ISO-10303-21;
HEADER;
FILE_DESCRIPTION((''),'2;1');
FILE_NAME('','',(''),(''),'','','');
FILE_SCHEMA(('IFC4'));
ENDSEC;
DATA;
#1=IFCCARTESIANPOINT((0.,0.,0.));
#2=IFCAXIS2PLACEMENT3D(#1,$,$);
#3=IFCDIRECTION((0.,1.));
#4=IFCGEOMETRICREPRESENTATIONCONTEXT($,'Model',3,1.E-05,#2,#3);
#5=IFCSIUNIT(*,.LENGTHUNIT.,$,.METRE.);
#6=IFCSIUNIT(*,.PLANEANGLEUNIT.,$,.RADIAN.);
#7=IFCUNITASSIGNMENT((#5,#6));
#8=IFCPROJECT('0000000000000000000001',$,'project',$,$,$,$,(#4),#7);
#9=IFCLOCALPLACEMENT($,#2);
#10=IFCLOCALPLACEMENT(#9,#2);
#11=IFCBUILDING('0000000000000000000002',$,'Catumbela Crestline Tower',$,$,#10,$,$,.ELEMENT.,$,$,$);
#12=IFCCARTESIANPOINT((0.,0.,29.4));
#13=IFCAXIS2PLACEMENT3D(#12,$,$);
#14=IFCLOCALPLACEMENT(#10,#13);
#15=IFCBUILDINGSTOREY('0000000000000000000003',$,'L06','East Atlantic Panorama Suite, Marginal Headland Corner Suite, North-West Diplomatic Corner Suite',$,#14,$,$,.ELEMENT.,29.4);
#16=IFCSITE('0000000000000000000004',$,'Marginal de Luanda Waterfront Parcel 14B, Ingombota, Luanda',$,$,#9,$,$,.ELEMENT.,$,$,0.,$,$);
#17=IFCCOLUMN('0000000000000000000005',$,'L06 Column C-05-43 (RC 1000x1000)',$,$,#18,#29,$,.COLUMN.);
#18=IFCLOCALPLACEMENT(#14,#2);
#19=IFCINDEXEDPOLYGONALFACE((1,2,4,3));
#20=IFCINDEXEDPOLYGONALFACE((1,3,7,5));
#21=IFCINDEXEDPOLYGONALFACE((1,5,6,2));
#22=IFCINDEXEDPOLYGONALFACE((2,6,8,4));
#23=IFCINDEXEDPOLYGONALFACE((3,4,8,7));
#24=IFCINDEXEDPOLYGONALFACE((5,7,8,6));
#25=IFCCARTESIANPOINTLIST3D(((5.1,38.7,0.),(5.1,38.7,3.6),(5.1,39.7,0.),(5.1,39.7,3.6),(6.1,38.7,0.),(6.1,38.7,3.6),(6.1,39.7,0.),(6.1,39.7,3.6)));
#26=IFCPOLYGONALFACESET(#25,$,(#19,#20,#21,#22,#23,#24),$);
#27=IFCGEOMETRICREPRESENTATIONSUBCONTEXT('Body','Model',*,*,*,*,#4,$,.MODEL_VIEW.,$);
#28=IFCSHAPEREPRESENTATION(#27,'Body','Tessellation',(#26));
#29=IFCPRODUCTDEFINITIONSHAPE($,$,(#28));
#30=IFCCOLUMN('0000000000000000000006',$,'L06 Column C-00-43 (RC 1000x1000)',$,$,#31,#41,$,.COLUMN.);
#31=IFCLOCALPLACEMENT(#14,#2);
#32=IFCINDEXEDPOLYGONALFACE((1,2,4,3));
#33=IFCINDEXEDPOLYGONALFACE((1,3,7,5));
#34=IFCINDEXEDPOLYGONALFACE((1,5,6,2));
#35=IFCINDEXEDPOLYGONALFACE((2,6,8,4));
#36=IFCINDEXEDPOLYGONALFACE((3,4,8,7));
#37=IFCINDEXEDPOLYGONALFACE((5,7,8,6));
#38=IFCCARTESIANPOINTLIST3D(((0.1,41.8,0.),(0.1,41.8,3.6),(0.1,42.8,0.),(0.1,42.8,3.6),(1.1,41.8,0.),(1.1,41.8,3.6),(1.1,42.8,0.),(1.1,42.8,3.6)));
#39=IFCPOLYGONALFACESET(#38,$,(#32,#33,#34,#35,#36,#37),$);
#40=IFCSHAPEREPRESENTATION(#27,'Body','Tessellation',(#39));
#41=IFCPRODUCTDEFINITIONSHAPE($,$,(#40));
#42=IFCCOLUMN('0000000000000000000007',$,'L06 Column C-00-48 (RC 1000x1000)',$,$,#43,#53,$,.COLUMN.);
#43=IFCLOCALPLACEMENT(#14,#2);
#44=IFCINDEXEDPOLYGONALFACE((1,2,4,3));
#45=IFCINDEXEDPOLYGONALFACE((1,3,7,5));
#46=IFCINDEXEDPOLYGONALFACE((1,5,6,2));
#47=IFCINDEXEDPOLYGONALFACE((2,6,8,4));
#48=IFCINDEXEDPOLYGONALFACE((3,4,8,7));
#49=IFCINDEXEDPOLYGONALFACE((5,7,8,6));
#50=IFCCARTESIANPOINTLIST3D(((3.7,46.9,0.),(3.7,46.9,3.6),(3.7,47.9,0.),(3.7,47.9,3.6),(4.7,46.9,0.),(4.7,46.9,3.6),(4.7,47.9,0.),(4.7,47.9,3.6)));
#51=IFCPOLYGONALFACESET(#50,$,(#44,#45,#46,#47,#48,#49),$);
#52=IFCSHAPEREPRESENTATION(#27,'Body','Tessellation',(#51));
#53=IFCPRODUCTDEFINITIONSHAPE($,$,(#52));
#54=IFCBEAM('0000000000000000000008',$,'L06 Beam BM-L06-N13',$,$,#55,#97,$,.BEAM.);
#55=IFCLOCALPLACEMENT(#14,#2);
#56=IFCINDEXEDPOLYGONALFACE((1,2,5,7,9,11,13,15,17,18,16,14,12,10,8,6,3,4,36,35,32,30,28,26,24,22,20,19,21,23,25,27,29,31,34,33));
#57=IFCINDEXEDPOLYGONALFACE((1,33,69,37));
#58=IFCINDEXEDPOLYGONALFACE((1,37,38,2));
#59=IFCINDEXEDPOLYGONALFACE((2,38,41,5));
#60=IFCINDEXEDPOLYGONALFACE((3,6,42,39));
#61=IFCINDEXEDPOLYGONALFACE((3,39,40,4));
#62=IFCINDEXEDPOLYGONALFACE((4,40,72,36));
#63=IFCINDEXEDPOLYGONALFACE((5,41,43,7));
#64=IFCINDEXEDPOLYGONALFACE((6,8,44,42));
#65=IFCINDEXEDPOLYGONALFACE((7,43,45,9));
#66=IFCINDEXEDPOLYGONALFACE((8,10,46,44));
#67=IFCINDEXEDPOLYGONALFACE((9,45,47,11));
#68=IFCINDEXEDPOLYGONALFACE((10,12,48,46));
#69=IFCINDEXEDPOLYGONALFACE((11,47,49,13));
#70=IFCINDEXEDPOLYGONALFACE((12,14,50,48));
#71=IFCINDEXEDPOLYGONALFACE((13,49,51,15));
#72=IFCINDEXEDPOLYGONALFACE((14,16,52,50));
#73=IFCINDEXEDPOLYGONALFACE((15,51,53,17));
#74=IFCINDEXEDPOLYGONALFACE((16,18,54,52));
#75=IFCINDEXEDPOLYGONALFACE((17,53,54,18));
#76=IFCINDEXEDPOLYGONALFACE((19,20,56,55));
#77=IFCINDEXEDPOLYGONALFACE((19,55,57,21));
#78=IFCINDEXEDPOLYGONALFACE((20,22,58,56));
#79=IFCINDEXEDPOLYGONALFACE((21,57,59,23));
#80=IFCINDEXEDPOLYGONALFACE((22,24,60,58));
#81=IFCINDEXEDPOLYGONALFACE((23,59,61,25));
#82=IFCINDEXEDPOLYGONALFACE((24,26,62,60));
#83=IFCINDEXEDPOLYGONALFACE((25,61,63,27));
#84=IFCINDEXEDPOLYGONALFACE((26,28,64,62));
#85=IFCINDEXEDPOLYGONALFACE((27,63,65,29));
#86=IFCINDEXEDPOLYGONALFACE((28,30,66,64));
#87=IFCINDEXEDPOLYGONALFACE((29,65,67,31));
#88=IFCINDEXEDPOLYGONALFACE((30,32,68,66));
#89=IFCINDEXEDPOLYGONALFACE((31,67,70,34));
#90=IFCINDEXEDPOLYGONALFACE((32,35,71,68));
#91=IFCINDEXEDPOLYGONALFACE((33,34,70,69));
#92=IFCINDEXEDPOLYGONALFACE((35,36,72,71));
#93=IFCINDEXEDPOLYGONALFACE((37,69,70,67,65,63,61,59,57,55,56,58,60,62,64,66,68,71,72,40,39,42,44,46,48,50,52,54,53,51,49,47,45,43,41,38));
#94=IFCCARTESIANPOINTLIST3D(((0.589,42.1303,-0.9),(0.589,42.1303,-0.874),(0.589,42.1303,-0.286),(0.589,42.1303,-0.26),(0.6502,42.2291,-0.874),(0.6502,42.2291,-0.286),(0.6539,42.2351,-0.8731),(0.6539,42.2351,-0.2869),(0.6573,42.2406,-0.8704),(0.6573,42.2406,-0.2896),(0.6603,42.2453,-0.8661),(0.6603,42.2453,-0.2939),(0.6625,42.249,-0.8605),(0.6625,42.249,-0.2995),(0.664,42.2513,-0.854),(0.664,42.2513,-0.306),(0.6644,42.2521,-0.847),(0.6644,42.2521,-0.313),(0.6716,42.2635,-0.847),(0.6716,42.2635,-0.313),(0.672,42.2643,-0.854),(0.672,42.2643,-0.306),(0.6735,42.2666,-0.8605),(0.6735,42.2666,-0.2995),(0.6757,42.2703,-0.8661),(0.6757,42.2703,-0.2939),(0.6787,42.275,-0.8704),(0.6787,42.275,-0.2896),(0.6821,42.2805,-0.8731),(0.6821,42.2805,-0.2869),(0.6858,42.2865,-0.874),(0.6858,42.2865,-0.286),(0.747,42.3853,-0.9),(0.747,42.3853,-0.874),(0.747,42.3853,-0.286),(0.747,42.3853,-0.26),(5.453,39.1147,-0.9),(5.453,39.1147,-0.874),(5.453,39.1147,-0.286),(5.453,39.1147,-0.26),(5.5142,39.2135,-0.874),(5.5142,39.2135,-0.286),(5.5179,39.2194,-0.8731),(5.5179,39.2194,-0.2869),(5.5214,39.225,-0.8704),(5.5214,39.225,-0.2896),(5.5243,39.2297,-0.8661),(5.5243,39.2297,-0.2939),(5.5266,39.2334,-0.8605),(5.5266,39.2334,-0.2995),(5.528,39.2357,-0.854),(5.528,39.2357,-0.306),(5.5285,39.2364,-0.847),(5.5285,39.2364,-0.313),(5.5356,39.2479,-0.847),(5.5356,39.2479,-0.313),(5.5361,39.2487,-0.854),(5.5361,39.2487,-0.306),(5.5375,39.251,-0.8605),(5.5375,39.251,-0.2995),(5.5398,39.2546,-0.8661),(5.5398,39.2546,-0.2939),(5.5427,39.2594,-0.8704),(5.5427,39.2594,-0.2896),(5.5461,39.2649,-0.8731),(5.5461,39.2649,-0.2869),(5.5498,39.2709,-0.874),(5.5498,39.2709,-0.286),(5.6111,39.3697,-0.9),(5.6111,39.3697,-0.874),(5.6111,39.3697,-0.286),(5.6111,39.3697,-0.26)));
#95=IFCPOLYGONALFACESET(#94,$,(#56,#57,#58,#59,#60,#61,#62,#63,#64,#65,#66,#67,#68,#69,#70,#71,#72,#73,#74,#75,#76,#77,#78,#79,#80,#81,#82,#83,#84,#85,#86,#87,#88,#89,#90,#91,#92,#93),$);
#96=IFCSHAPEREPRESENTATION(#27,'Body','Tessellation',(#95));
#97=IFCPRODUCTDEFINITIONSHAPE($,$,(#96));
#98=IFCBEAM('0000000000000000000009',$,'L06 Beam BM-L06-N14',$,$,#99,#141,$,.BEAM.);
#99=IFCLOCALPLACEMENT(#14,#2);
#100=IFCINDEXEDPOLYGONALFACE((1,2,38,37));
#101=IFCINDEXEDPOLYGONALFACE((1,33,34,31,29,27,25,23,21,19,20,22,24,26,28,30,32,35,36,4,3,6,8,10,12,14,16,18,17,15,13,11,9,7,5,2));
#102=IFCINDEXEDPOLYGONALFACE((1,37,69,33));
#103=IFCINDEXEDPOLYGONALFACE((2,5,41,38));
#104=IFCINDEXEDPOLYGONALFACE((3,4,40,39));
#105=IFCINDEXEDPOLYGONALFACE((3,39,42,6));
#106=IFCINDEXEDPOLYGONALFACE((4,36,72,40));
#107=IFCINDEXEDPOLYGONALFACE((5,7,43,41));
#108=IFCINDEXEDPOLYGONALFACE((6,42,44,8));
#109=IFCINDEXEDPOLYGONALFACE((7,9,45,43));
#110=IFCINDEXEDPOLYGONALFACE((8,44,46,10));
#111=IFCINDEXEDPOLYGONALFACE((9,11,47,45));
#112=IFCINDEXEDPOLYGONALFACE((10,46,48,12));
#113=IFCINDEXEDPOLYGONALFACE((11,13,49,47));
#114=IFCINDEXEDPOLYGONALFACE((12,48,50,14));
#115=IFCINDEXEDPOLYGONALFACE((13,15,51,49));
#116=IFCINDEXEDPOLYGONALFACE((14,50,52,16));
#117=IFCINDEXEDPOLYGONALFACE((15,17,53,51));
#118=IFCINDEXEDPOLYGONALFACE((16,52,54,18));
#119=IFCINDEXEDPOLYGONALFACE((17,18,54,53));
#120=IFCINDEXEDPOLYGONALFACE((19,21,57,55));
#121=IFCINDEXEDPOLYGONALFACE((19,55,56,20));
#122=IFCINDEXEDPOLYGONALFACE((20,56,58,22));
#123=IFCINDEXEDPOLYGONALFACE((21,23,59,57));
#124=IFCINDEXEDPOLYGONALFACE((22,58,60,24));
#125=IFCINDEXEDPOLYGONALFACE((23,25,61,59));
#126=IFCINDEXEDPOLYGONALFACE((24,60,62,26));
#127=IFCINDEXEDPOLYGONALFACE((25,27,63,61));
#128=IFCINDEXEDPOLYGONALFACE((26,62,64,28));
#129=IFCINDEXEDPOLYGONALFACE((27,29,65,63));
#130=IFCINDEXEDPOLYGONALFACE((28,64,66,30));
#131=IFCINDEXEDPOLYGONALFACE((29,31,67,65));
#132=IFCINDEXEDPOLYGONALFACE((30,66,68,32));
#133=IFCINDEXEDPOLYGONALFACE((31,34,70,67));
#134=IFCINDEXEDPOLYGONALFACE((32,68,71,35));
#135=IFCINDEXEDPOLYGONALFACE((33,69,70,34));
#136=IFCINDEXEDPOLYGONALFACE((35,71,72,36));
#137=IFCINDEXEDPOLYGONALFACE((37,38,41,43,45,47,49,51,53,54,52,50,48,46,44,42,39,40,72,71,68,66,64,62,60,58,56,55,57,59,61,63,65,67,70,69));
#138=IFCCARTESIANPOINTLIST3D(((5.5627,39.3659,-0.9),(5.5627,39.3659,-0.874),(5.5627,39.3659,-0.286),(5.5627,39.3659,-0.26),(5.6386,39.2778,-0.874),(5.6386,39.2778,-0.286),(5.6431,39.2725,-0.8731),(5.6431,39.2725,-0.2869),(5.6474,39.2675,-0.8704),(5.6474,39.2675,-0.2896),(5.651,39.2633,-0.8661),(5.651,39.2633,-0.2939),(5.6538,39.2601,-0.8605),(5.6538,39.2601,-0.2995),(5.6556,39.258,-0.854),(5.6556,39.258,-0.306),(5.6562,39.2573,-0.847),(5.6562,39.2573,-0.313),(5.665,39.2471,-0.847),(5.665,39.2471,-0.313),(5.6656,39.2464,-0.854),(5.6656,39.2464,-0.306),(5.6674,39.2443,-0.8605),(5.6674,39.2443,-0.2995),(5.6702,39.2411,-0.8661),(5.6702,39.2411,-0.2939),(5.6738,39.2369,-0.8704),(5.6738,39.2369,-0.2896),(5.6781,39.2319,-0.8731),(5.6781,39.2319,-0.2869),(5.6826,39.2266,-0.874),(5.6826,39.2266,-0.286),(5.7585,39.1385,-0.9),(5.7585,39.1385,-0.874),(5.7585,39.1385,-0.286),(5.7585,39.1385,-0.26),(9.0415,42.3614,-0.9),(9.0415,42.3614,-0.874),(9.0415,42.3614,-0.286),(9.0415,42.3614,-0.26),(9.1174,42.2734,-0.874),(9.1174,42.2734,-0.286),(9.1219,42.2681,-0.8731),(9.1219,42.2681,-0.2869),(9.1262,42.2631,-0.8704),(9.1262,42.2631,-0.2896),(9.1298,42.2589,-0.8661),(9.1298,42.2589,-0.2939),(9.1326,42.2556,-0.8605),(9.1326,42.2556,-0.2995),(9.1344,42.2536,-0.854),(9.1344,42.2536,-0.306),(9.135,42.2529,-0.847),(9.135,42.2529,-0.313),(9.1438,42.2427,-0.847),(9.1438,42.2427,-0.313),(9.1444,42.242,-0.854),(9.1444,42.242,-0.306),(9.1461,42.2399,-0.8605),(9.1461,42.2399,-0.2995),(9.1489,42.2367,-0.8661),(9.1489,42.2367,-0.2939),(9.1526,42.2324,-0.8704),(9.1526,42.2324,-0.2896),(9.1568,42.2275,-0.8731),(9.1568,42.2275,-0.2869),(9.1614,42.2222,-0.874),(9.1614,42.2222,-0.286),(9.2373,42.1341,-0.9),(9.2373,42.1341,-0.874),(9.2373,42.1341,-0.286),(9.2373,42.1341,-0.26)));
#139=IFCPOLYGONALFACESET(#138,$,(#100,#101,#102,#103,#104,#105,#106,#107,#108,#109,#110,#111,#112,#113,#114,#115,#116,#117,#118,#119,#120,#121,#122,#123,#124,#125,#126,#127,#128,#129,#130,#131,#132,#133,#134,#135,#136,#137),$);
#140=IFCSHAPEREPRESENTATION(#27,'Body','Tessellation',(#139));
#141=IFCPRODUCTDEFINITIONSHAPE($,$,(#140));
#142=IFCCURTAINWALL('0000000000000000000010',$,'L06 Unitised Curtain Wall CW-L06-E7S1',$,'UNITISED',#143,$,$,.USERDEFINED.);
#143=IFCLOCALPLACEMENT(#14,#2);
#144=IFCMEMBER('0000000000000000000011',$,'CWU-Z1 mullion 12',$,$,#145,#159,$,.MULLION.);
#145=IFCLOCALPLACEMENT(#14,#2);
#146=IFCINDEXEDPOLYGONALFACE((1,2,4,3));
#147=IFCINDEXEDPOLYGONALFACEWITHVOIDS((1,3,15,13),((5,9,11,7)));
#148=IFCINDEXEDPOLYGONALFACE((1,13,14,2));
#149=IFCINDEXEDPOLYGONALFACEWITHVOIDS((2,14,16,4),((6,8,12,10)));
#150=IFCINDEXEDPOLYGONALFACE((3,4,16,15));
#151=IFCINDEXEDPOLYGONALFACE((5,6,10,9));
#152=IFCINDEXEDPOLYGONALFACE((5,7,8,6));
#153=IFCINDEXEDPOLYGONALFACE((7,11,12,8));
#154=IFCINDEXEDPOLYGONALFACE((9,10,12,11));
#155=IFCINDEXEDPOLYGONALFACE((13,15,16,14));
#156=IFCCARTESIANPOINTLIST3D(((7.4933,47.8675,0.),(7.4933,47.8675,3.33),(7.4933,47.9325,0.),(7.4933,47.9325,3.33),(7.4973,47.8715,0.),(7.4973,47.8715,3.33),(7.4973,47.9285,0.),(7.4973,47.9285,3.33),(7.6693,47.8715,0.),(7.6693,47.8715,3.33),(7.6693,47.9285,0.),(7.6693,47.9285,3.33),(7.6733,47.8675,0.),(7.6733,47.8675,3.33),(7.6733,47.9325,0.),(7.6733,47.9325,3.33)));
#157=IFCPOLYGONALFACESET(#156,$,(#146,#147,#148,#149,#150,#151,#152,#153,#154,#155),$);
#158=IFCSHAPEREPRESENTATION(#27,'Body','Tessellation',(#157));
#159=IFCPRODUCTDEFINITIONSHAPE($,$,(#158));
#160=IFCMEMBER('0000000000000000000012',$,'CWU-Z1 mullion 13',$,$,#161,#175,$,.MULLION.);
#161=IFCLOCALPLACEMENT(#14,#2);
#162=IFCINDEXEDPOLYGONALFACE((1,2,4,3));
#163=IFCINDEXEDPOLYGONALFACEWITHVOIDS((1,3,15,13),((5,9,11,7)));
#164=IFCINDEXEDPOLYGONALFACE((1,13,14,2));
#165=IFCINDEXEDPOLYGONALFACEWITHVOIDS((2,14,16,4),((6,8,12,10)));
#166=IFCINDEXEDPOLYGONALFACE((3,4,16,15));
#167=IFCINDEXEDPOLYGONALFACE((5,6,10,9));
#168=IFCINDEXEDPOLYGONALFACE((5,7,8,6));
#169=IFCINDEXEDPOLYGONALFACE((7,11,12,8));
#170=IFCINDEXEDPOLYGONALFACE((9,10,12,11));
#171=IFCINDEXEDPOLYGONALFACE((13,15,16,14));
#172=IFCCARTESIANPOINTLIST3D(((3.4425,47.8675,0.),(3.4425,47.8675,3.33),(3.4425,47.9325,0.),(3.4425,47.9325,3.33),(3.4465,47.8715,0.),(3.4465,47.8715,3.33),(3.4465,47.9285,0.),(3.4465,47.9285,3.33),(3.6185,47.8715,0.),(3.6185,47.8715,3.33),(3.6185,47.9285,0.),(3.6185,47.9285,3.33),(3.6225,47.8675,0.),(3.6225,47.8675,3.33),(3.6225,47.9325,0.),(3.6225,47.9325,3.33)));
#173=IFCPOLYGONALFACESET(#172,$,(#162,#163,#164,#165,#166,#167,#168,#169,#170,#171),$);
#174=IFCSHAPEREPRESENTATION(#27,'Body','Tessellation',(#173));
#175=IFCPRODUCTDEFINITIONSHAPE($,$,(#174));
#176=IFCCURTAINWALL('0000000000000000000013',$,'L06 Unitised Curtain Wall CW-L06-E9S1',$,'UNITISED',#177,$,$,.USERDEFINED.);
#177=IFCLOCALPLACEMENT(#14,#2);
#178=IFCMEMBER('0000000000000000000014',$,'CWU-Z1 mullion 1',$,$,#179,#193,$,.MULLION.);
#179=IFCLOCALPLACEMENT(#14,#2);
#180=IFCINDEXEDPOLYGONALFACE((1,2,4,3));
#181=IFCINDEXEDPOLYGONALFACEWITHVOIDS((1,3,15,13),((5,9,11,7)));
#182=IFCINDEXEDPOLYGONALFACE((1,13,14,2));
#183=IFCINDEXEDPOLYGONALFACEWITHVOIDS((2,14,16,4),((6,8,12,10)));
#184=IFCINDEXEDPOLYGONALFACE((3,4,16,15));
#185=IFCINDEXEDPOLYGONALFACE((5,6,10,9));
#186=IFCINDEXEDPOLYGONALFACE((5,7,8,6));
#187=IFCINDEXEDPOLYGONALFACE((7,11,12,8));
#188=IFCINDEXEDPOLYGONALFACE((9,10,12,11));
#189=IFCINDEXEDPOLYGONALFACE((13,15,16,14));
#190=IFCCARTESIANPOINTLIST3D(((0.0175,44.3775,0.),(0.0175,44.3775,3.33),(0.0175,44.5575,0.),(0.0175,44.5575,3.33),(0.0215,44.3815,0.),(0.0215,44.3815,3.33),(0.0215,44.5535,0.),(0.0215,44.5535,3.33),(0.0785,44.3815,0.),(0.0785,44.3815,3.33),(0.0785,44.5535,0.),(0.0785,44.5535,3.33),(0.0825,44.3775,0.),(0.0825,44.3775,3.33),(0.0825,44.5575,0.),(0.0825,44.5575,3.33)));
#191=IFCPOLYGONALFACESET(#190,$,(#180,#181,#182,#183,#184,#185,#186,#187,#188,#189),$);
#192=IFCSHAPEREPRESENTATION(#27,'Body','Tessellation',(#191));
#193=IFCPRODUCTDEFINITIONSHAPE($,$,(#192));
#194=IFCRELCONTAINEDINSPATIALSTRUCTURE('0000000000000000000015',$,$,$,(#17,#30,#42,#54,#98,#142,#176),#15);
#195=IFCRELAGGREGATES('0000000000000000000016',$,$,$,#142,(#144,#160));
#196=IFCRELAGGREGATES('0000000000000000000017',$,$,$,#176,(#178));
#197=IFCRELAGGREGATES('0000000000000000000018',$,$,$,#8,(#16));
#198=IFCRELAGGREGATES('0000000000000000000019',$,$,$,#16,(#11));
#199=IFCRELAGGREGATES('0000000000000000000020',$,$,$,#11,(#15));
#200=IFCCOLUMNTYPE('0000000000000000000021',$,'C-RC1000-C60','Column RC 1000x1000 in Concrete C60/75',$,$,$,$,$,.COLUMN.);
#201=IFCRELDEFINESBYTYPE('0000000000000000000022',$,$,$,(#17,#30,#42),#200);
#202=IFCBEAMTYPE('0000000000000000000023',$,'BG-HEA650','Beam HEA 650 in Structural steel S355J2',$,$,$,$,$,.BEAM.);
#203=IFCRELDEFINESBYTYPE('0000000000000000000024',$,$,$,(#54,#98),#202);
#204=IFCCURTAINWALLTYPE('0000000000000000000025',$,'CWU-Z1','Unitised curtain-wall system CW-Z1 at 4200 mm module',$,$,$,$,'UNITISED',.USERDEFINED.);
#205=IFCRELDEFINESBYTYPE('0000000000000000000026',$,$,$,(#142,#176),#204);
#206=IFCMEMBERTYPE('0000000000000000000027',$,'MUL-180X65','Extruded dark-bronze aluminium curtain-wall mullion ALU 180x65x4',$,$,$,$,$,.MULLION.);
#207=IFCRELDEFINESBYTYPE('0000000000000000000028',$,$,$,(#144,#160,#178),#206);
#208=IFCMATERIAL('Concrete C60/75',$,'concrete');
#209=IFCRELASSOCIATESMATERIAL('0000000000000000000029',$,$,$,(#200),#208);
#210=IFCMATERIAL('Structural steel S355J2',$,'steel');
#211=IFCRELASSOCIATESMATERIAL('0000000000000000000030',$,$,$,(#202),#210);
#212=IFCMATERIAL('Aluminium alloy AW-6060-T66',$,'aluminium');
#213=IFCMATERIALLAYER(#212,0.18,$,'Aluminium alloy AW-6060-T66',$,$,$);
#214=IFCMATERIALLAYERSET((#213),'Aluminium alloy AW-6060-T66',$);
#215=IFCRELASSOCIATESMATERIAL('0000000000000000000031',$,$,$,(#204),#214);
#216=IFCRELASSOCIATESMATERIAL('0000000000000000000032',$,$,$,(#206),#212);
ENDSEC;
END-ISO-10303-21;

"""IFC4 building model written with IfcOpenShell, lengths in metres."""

from ifc_helpers import new_model, si_unit, direction, frame, origin, origin_2d, place, context, subcontext, project, spatial, rectangle, hollow_rectangle, i_section, extrude, material, layer, layer_set, material_profile, profile_set, type_object, element, aggregate, save


model = new_model("IFC4")

# Units and contexts
model_context = context("Model", 3, precision=1e-05, world=origin(), true_north=direction((0.0, 1.0)))
body_context = subcontext(model_context, "Body", "Model", "MODEL_VIEW")
ifc_project = project(units=[si_unit("LENGTHUNIT", "METRE"), si_unit("PLANEANGLEUNIT", "RADIAN")], contexts=[model_context])

# Site, building, storey
site_placement = place(None, origin())
site = spatial("IfcSite", under=ifc_project, at=site_placement, Name="Marginal de Luanda Waterfront Parcel 14B, Ingombota, Luanda", CompositionType="ELEMENT", RefElevation=0.0)
building_placement = place(site_placement, origin())
building = spatial("IfcBuilding", under=site, at=building_placement, Name="Catumbela Crestline Tower", CompositionType="ELEMENT")
storey_placement = place(building_placement, frame((0.0, 0.0, 29.4)))
storey = spatial("IfcBuildingStorey", under=building, at=storey_placement, Name="L06", Description="East Atlantic Panorama Suite, Marginal Headland Corner Suite, North-West Diplomatic Corner Suite", CompositionType="ELEMENT", Elevation=29.4)

# Columns
ifc_material_1 = material(Name="Concrete C60/75", Category="concrete")
ifc_material_profile_1 = material_profile(ifc_material_1, rectangle(XDim=1.0, YDim=1.0, at=origin_2d()), Name="RC 1000x1000")
ifc_profile_set_1 = profile_set([ifc_material_profile_1], Name="Concrete C60/75")
column_type = type_object("IfcColumnType", Name="C-RC1000-C60", Description="Column RC 1000x1000 in Concrete C60/75", PredefinedType="COLUMN", material=ifc_profile_set_1)
for number, where, z_axis, x_axis, name in (
    (1, (5.6, 39.2, 0.0), (0.0, 0.0, 1.0), (1.0, 0.0, 0.0), "L06 Column C-05-43 (RC 1000x1000)"),
    (2, (0.6, 42.3, 0.0), (0.0, 0.0, 1.0), (1.0, 0.0, 0.0), "L06 Column C-00-43 (RC 1000x1000)"),
    (3, (4.2, 47.4, 0.0), (0.0, 0.0, 1.0), (1.0, 0.0, 0.0), "L06 Column C-00-48 (RC 1000x1000)"),
):
    element("IfcColumn", number, at=place(storey_placement, frame(where, z_axis=z_axis, x_axis=x_axis)), inside=storey, type_object=column_type, Name=name, PredefinedType="COLUMN", context=body_context, shape_type="SweptSolid", body=[
        extrude(rectangle(XDim=1.0, YDim=1.0, at=origin_2d()), origin(), (0.0, 0.0, 1.0), 3.6),
    ])

# Beams
ifc_material_2 = material(Name="Structural steel S355J2", Category="steel")
ifc_material_profile_2 = material_profile(ifc_material_2, i_section(OverallWidth=0.3, OverallDepth=0.64, WebThickness=0.0135, FlangeThickness=0.026, FilletRadius=0.027, at=origin_2d()), Name="HEA 650")
ifc_profile_set_2 = profile_set([ifc_material_profile_2], Name="Structural steel S355J2")
beam_type_1 = type_object("IfcBeamType", Name="BG-HEA650", Description="Beam HEA 650 in Structural steel S355J2", PredefinedType="BEAM", material=ifc_profile_set_2)
beam_1_placement = place(storey_placement, frame((0.668, 42.2578, -0.58), z_axis=(0.849909, -0.52693, 0.0), x_axis=(0.52693, 0.849909, 0.0)))
element("IfcBeam", 4, at=beam_1_placement, inside=storey, type_object=beam_type_1, Name="L06 Beam BM-L06-N13", PredefinedType="BEAM", context=body_context, shape_type="SweptSolid", body=[
    extrude(i_section(OverallWidth=0.3, OverallDepth=0.64, WebThickness=0.0135, FlangeThickness=0.026, FilletRadius=0.027, at=origin_2d()), origin(), (0.0, 0.0, 1.0), 5.723),
])
beam_2_placement = place(storey_placement, frame((5.6606, 39.2522, -0.58), z_axis=(0.757772, 0.652519, 0.0), x_axis=(-0.652519, 0.757772, 0.0)))
element("IfcBeam", 5, at=beam_2_placement, inside=storey, type_object=beam_type_1, Name="L06 Beam BM-L06-N14", PredefinedType="BEAM", context=body_context, shape_type="SweptSolid", body=[
    extrude(i_section(OverallWidth=0.3, OverallDepth=0.64, WebThickness=0.0135, FlangeThickness=0.026, FilletRadius=0.027, at=origin_2d()), origin(), (0.0, 0.0, 1.0), 4.5908),
])

# Curtain walls, members
ifc_material_3 = material(Name="Aluminium alloy AW-6060-T66", Category="aluminium")
ifc_layer_1 = layer(ifc_material_3, 0.18, Name="Aluminium alloy AW-6060-T66")
ifc_layer_set_1 = layer_set([ifc_layer_1], Name="Aluminium alloy AW-6060-T66")
curtain_wall_type = type_object("IfcCurtainWallType", Name="CWU-Z1", Description="Unitised curtain-wall system CW-Z1 at 4200 mm module", ElementType="UNITISED", PredefinedType="USERDEFINED", material=ifc_layer_set_1)
curtain_wall_1_placement = place(storey_placement, origin())
curtain_wall_1 = element("IfcCurtainWall", 6, at=curtain_wall_1_placement, inside=storey, type_object=curtain_wall_type, Name="L06 Unitised Curtain Wall CW-L06-E7S1", ObjectType="UNITISED", PredefinedType="USERDEFINED")
ifc_material_profile_3 = material_profile(ifc_material_3, hollow_rectangle(XDim=0.065, YDim=0.18, WallThickness=0.004, at=origin_2d()), Name="ALU 180x65x4")
ifc_profile_set_3 = profile_set([ifc_material_profile_3], Name="Aluminium alloy AW-6060-T66")
member_type_1 = type_object("IfcMemberType", Name="MUL-180X65", Description="Extruded dark-bronze aluminium curtain-wall mullion ALU 180x65x4", PredefinedType="MULLION", material=ifc_profile_set_3)
member_1_placement = place(storey_placement, frame((7.5833, 47.9, 0.0), z_axis=(0.0, 0.0, 1.0), x_axis=(0.0, -1.0, 0.0)))
member_1 = element("IfcMember", 7, at=member_1_placement, type_object=member_type_1, Name="CWU-Z1 mullion 12", PredefinedType="MULLION", context=body_context, shape_type="SweptSolid", body=[
    extrude(hollow_rectangle(XDim=0.065, YDim=0.18, WallThickness=0.004, at=origin_2d()), origin(), (0.0, 0.0, 1.0), 3.33),
])
member_2_placement = place(storey_placement, frame((3.5325, 47.9, 0.0), z_axis=(0.0, 0.0, 1.0), x_axis=(0.0, -1.0, 0.0)))
member_2 = element("IfcMember", 8, at=member_2_placement, type_object=member_type_1, Name="CWU-Z1 mullion 13", PredefinedType="MULLION", context=body_context, shape_type="SweptSolid", body=[
    extrude(hollow_rectangle(XDim=0.065, YDim=0.18, WallThickness=0.004, at=origin_2d()), origin(), (0.0, 0.0, 1.0), 3.33),
])
curtain_wall_2_placement = place(storey_placement, origin())
curtain_wall_2 = element("IfcCurtainWall", 9, at=curtain_wall_2_placement, inside=storey, type_object=curtain_wall_type, Name="L06 Unitised Curtain Wall CW-L06-E9S1", ObjectType="UNITISED", PredefinedType="USERDEFINED")
member_3_placement = place(storey_placement, frame((0.05, 44.4675, 0.0), z_axis=(0.0, 0.0, 1.0), x_axis=(1.0, 0.0, 0.0)))
member_3 = element("IfcMember", 10, at=member_3_placement, type_object=member_type_1, Name="CWU-Z1 mullion 1", PredefinedType="MULLION", context=body_context, shape_type="SweptSolid", body=[
    extrude(hollow_rectangle(XDim=0.065, YDim=0.18, WallThickness=0.004, at=origin_2d()), origin(), (0.0, 0.0, 1.0), 3.33),
])

aggregate(curtain_wall_1, [member_1, member_2])
aggregate(curtain_wall_2, [member_3])

save(model, "model.ifc")
